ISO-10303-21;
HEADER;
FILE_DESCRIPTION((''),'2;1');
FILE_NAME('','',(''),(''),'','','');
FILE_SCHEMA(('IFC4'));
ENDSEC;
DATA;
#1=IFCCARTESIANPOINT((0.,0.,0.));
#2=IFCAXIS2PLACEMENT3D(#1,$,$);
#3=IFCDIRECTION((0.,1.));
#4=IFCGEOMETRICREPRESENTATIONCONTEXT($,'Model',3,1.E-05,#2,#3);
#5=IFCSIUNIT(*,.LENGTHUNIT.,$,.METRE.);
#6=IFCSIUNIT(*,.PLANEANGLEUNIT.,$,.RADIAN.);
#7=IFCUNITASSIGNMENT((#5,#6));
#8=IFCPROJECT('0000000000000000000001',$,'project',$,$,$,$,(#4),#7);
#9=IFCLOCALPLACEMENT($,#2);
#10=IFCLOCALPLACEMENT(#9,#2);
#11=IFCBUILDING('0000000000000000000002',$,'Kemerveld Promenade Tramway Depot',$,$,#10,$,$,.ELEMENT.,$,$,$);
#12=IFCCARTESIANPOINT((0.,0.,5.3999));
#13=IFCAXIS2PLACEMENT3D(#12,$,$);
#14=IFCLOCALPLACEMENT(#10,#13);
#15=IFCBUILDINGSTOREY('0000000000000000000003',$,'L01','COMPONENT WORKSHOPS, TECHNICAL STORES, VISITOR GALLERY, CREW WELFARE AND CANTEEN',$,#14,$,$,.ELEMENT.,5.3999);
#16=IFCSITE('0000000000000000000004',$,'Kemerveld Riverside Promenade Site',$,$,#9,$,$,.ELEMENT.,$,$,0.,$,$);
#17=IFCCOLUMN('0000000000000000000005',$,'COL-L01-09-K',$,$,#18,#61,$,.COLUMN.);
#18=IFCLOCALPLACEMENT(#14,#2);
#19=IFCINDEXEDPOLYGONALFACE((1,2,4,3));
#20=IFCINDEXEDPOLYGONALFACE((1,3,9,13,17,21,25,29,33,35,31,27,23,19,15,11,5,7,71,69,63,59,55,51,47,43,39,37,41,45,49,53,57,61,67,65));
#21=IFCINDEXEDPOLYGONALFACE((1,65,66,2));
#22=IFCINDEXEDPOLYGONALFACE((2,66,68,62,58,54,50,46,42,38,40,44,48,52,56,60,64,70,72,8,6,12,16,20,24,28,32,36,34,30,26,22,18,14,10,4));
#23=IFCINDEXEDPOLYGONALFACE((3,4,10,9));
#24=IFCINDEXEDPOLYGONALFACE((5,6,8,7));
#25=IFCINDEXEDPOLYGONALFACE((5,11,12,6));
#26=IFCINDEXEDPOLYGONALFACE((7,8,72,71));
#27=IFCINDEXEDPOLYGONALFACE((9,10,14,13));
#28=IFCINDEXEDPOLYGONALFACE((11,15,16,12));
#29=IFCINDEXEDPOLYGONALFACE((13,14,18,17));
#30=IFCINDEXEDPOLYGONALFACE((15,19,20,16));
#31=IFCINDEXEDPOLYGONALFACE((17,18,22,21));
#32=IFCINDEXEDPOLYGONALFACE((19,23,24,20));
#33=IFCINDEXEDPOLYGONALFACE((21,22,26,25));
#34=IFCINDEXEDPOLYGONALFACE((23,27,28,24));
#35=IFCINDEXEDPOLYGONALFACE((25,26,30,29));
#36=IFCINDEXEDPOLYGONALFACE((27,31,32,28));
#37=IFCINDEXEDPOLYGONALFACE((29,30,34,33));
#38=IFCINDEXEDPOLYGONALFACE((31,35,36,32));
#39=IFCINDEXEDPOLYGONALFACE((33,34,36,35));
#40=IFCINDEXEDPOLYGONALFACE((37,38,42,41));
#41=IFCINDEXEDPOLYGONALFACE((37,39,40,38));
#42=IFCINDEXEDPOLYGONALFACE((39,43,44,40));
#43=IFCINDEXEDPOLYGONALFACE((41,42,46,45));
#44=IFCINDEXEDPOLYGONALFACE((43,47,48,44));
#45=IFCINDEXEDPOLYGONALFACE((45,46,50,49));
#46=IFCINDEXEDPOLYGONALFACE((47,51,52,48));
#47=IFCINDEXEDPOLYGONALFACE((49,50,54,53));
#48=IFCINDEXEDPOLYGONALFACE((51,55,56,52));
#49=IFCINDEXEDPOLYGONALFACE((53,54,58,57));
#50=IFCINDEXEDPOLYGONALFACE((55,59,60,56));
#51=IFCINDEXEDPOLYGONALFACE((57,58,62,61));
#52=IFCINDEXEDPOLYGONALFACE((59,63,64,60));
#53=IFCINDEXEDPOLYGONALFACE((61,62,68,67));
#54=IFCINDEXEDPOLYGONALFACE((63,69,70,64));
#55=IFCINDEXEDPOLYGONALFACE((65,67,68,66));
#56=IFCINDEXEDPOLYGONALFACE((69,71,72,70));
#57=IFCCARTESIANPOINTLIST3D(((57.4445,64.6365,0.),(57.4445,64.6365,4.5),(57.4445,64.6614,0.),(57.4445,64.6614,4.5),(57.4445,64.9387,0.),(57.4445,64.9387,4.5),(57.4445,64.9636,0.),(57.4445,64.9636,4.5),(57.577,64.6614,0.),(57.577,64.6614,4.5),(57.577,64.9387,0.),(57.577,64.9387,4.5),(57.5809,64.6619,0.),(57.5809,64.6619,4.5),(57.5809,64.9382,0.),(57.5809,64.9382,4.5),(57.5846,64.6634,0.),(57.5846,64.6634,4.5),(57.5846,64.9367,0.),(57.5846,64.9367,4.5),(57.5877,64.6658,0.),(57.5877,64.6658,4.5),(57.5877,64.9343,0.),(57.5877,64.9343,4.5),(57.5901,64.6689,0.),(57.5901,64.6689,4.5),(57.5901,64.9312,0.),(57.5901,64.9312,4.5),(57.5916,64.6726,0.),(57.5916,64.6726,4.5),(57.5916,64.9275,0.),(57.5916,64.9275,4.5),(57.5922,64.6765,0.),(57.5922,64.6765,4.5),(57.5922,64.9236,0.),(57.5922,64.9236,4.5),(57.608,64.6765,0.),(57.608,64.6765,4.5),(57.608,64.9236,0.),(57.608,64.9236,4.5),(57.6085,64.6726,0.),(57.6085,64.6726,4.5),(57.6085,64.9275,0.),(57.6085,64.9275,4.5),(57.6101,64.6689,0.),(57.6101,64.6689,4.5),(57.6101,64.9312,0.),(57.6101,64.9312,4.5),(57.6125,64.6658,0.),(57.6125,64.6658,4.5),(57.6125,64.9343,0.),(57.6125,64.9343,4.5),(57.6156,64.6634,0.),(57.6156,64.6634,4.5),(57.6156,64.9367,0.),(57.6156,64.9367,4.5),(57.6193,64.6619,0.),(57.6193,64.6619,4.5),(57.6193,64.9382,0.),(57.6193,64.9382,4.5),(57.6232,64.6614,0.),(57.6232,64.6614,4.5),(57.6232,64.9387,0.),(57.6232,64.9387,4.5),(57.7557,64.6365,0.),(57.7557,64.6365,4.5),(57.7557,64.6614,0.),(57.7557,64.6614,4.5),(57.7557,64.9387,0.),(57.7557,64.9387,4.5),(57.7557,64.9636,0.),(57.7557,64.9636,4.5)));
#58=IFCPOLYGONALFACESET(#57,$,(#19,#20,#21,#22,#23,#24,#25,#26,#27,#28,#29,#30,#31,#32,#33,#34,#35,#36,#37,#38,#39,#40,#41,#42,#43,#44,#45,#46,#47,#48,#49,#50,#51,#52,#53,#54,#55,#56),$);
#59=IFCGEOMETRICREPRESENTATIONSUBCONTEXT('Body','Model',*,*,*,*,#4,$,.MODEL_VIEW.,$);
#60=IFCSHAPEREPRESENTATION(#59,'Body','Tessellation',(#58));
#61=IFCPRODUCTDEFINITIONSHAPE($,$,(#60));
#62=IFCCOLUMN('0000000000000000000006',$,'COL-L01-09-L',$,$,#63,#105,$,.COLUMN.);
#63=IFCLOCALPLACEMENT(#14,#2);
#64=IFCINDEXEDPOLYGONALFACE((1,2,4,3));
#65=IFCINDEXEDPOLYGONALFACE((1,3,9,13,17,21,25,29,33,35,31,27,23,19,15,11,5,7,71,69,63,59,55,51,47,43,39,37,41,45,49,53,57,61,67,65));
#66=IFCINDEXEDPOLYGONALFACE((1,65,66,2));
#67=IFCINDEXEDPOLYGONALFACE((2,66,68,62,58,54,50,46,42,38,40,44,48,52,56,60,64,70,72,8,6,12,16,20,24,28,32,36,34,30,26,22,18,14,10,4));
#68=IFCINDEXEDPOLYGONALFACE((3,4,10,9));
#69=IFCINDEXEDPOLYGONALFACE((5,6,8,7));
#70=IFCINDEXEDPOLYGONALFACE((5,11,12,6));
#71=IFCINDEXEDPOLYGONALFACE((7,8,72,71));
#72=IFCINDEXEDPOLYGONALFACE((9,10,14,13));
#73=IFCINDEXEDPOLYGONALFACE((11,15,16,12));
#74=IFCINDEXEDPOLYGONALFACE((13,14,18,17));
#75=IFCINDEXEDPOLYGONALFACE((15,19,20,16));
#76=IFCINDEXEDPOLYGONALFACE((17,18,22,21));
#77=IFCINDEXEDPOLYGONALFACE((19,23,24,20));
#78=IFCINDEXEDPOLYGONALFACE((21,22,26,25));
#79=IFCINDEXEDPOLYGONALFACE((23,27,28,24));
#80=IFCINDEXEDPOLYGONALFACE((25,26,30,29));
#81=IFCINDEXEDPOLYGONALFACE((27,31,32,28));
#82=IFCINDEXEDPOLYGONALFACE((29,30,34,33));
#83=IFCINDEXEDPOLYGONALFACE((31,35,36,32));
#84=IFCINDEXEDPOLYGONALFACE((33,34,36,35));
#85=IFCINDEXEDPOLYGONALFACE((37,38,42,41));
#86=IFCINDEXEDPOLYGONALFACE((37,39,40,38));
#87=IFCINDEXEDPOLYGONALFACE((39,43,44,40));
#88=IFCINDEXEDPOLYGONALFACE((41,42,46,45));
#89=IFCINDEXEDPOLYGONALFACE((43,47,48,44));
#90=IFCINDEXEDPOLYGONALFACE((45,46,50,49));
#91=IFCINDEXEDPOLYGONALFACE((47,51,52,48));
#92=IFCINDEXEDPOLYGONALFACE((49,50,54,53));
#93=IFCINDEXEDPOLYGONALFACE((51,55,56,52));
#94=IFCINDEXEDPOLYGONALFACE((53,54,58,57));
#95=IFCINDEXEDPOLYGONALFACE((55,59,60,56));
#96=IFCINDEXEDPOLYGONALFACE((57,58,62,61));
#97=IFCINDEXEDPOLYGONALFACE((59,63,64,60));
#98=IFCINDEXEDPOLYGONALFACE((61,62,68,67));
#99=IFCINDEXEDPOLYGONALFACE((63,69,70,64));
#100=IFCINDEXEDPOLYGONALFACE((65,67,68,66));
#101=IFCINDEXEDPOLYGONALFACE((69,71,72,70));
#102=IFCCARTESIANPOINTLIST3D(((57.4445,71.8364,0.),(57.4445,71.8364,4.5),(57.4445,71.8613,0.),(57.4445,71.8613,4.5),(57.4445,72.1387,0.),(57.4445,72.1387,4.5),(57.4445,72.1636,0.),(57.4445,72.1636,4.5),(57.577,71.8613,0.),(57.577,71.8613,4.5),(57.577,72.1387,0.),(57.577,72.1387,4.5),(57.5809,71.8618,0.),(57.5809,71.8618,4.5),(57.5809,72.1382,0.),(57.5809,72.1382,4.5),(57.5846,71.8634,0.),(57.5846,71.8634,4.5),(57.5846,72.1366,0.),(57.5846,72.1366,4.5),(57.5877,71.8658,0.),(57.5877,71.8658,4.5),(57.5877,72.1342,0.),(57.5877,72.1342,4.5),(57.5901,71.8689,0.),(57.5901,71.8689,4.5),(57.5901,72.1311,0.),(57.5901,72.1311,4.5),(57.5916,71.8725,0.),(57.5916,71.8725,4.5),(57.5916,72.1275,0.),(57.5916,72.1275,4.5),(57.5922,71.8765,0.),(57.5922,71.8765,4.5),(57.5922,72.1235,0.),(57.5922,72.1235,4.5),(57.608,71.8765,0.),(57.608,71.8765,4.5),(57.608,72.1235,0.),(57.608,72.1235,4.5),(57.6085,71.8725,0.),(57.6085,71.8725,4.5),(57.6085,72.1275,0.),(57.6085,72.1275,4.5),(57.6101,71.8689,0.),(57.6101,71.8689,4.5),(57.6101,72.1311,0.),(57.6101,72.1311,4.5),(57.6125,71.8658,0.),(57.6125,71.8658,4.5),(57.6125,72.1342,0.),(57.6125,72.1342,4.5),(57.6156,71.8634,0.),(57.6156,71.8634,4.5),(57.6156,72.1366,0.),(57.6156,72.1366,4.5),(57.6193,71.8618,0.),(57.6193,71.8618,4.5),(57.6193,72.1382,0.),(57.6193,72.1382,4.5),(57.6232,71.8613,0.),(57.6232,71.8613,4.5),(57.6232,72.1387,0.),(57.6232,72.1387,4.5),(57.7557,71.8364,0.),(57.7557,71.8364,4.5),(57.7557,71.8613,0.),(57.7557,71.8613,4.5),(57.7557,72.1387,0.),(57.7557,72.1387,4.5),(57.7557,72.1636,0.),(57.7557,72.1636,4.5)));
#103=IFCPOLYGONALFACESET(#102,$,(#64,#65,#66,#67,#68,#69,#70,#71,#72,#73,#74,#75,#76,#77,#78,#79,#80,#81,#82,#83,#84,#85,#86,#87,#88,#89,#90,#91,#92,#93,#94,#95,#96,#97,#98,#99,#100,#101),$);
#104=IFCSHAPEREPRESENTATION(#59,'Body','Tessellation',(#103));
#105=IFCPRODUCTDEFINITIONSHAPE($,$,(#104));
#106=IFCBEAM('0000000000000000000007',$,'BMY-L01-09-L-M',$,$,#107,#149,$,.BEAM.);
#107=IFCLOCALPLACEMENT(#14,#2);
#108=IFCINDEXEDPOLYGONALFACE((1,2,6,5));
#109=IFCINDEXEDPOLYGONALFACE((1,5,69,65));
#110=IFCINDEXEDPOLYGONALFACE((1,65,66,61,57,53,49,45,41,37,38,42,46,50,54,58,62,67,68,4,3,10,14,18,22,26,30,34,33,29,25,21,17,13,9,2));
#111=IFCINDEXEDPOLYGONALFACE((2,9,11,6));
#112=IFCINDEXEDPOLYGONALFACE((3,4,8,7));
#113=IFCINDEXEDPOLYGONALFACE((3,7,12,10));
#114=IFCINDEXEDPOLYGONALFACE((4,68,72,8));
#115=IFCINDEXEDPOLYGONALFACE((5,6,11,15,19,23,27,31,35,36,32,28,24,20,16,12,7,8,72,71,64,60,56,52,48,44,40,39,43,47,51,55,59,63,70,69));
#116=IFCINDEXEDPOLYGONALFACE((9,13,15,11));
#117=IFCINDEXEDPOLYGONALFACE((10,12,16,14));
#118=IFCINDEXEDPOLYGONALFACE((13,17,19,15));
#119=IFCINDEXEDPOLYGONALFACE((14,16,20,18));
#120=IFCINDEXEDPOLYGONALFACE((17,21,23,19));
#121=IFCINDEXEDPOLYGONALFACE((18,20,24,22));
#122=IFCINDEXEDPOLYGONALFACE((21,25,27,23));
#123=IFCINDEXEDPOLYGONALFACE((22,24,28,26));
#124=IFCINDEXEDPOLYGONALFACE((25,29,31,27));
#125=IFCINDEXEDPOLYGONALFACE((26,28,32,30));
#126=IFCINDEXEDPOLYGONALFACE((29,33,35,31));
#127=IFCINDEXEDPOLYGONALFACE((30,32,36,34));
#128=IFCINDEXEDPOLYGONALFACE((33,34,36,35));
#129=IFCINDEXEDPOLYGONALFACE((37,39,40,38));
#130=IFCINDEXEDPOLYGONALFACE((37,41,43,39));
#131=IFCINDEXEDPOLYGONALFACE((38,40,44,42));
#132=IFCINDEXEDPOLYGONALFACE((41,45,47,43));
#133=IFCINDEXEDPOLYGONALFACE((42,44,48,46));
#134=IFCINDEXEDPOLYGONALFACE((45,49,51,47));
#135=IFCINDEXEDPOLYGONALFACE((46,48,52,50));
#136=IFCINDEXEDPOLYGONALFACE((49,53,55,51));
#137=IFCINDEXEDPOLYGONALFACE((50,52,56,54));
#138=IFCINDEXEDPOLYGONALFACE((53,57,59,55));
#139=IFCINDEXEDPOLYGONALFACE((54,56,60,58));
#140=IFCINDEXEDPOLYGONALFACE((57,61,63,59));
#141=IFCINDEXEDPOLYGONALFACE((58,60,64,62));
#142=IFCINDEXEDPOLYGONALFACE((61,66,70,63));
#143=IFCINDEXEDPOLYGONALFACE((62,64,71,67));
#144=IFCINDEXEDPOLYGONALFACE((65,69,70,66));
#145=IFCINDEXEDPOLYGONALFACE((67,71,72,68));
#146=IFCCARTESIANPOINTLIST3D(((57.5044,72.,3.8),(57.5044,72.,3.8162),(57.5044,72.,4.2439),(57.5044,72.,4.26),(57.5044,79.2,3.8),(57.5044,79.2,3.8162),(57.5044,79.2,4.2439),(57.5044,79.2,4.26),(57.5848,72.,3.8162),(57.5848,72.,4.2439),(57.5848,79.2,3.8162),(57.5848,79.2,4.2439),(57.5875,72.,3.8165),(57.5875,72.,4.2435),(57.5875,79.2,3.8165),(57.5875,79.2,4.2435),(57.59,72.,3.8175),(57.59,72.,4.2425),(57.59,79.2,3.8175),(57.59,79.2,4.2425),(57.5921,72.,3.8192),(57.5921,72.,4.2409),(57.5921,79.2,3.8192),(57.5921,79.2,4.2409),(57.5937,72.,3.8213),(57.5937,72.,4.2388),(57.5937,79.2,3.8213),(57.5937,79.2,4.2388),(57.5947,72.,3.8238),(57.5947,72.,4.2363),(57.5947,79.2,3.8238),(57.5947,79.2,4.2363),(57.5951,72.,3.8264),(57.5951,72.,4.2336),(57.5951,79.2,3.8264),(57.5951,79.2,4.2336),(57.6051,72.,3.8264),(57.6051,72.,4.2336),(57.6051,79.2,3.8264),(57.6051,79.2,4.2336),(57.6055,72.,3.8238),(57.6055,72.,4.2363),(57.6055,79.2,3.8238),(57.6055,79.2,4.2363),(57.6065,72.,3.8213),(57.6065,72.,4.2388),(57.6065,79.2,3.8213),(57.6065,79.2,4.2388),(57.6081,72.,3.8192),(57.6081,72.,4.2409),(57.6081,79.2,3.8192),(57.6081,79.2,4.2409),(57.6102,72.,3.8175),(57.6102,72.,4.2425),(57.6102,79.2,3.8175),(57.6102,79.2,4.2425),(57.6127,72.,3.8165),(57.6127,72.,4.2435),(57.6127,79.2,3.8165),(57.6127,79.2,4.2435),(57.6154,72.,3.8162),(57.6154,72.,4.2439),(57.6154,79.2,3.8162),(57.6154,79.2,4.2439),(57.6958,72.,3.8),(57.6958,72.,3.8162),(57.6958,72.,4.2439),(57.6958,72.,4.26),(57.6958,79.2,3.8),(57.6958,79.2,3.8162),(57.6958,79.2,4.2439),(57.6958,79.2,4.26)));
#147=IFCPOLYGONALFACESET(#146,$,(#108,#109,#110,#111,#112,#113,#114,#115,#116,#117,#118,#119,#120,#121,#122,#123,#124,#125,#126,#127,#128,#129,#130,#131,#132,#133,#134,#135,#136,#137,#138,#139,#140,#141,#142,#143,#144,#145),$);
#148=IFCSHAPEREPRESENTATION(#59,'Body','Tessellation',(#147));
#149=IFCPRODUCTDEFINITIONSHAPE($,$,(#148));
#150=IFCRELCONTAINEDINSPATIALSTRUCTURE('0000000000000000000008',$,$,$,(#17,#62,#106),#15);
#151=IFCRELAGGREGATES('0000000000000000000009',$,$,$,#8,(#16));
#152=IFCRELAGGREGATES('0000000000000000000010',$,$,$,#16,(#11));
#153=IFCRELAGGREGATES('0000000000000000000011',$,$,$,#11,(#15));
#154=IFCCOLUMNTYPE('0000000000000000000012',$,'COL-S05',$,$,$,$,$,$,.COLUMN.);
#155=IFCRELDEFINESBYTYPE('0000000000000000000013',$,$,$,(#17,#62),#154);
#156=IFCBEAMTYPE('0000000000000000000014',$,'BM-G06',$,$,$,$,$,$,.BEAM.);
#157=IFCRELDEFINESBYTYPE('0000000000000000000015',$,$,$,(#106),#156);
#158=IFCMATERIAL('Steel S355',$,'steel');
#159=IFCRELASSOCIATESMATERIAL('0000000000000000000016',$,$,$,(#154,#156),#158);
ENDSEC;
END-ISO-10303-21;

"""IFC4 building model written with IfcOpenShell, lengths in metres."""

from ifc_helpers import new_model, si_unit, direction, frame, origin, origin_2d, place, context, subcontext, project, spatial, i_section, extrude, material, material_profile, profile_set, type_object, element, save


model = new_model("IFC4")

# Units and contexts
model_context = context("Model", 3, precision=1e-05, world=origin(), true_north=direction((0.0, 1.0)))
body_context = subcontext(model_context, "Body", "Model", "MODEL_VIEW")
ifc_project = project(units=[si_unit("LENGTHUNIT", "METRE"), si_unit("PLANEANGLEUNIT", "RADIAN")], contexts=[model_context])

# Site, building, storey
site_placement = place(None, origin())
site = spatial("IfcSite", under=ifc_project, at=site_placement, Name="Kemerveld Riverside Promenade Site", CompositionType="ELEMENT", RefElevation=0.0)
building_placement = place(site_placement, origin())
building = spatial("IfcBuilding", under=site, at=building_placement, Name="Kemerveld Promenade Tramway Depot", CompositionType="ELEMENT")
storey_placement = place(building_placement, frame((0.0, 0.0, 5.3999)))
storey = spatial("IfcBuildingStorey", under=building, at=storey_placement, Name="L01", Description="COMPONENT WORKSHOPS, TECHNICAL STORES, VISITOR GALLERY, CREW WELFARE AND CANTEEN", CompositionType="ELEMENT", Elevation=5.3999)

# Columns
ifc_material_1 = material(Name="Steel S355", Category="steel")
ifc_material_profile_1 = material_profile(ifc_material_1, i_section(OverallWidth=0.3113, OverallDepth=0.3271, WebThickness=0.0159, FlangeThickness=0.0249, FilletRadius=0.0151, at=origin_2d()), Name="305x305x158 UC")
ifc_profile_set_1 = profile_set([ifc_material_profile_1], Name="Steel S355")
column_type = type_object("IfcColumnType", Name="COL-S05", PredefinedType="COLUMN", material=ifc_profile_set_1)
for number, where, z_axis, x_axis, name in (
    (1, (57.6001, 64.8, 0.0), (0.0, 0.0, 1.0), (1.0, 0.0, 0.0), "COL-L01-09-K"),
    (2, (57.6001, 72.0, 0.0), (0.0, 0.0, 1.0), (1.0, 0.0, 0.0), "COL-L01-09-L"),
):
    element("IfcColumn", number, at=place(storey_placement, frame(where, z_axis=z_axis, x_axis=x_axis)), inside=storey, type_object=column_type, Name=name, PredefinedType="COLUMN", context=body_context, shape_type="SweptSolid", body=[
        extrude(i_section(OverallWidth=0.3113, OverallDepth=0.3271, WebThickness=0.0159, FlangeThickness=0.0249, FilletRadius=0.0151, at=origin_2d()), origin(), (0.0, 0.0, 1.0), 4.5),
    ])

# Beam
ifc_material_profile_2 = material_profile(ifc_material_1, i_section(OverallWidth=0.1914, OverallDepth=0.46, WebThickness=0.01, FlangeThickness=0.0161, FilletRadius=0.0103, at=origin_2d()), Name="457x191x82 UB")
ifc_profile_set_2 = profile_set([ifc_material_profile_2], Name="Steel S355")
beam_type_1 = type_object("IfcBeamType", Name="BM-G06", PredefinedType="BEAM", material=ifc_profile_set_2)
beam_1_placement = place(storey_placement, frame((57.6001, 72.0, 4.03), z_axis=(0.0, 1.0, 0.0), x_axis=(-1.0, 0.0, 0.0)))
element("IfcBeam", 3, at=beam_1_placement, inside=storey, type_object=beam_type_1, Name="BMY-L01-09-L-M", PredefinedType="BEAM", context=body_context, shape_type="SweptSolid", body=[
    extrude(i_section(OverallWidth=0.1914, OverallDepth=0.46, WebThickness=0.01, FlangeThickness=0.0161, FilletRadius=0.0103, at=origin_2d()), origin(), (0.0, 0.0, 1.0), 7.2),
])

save(model, "model.ifc")
